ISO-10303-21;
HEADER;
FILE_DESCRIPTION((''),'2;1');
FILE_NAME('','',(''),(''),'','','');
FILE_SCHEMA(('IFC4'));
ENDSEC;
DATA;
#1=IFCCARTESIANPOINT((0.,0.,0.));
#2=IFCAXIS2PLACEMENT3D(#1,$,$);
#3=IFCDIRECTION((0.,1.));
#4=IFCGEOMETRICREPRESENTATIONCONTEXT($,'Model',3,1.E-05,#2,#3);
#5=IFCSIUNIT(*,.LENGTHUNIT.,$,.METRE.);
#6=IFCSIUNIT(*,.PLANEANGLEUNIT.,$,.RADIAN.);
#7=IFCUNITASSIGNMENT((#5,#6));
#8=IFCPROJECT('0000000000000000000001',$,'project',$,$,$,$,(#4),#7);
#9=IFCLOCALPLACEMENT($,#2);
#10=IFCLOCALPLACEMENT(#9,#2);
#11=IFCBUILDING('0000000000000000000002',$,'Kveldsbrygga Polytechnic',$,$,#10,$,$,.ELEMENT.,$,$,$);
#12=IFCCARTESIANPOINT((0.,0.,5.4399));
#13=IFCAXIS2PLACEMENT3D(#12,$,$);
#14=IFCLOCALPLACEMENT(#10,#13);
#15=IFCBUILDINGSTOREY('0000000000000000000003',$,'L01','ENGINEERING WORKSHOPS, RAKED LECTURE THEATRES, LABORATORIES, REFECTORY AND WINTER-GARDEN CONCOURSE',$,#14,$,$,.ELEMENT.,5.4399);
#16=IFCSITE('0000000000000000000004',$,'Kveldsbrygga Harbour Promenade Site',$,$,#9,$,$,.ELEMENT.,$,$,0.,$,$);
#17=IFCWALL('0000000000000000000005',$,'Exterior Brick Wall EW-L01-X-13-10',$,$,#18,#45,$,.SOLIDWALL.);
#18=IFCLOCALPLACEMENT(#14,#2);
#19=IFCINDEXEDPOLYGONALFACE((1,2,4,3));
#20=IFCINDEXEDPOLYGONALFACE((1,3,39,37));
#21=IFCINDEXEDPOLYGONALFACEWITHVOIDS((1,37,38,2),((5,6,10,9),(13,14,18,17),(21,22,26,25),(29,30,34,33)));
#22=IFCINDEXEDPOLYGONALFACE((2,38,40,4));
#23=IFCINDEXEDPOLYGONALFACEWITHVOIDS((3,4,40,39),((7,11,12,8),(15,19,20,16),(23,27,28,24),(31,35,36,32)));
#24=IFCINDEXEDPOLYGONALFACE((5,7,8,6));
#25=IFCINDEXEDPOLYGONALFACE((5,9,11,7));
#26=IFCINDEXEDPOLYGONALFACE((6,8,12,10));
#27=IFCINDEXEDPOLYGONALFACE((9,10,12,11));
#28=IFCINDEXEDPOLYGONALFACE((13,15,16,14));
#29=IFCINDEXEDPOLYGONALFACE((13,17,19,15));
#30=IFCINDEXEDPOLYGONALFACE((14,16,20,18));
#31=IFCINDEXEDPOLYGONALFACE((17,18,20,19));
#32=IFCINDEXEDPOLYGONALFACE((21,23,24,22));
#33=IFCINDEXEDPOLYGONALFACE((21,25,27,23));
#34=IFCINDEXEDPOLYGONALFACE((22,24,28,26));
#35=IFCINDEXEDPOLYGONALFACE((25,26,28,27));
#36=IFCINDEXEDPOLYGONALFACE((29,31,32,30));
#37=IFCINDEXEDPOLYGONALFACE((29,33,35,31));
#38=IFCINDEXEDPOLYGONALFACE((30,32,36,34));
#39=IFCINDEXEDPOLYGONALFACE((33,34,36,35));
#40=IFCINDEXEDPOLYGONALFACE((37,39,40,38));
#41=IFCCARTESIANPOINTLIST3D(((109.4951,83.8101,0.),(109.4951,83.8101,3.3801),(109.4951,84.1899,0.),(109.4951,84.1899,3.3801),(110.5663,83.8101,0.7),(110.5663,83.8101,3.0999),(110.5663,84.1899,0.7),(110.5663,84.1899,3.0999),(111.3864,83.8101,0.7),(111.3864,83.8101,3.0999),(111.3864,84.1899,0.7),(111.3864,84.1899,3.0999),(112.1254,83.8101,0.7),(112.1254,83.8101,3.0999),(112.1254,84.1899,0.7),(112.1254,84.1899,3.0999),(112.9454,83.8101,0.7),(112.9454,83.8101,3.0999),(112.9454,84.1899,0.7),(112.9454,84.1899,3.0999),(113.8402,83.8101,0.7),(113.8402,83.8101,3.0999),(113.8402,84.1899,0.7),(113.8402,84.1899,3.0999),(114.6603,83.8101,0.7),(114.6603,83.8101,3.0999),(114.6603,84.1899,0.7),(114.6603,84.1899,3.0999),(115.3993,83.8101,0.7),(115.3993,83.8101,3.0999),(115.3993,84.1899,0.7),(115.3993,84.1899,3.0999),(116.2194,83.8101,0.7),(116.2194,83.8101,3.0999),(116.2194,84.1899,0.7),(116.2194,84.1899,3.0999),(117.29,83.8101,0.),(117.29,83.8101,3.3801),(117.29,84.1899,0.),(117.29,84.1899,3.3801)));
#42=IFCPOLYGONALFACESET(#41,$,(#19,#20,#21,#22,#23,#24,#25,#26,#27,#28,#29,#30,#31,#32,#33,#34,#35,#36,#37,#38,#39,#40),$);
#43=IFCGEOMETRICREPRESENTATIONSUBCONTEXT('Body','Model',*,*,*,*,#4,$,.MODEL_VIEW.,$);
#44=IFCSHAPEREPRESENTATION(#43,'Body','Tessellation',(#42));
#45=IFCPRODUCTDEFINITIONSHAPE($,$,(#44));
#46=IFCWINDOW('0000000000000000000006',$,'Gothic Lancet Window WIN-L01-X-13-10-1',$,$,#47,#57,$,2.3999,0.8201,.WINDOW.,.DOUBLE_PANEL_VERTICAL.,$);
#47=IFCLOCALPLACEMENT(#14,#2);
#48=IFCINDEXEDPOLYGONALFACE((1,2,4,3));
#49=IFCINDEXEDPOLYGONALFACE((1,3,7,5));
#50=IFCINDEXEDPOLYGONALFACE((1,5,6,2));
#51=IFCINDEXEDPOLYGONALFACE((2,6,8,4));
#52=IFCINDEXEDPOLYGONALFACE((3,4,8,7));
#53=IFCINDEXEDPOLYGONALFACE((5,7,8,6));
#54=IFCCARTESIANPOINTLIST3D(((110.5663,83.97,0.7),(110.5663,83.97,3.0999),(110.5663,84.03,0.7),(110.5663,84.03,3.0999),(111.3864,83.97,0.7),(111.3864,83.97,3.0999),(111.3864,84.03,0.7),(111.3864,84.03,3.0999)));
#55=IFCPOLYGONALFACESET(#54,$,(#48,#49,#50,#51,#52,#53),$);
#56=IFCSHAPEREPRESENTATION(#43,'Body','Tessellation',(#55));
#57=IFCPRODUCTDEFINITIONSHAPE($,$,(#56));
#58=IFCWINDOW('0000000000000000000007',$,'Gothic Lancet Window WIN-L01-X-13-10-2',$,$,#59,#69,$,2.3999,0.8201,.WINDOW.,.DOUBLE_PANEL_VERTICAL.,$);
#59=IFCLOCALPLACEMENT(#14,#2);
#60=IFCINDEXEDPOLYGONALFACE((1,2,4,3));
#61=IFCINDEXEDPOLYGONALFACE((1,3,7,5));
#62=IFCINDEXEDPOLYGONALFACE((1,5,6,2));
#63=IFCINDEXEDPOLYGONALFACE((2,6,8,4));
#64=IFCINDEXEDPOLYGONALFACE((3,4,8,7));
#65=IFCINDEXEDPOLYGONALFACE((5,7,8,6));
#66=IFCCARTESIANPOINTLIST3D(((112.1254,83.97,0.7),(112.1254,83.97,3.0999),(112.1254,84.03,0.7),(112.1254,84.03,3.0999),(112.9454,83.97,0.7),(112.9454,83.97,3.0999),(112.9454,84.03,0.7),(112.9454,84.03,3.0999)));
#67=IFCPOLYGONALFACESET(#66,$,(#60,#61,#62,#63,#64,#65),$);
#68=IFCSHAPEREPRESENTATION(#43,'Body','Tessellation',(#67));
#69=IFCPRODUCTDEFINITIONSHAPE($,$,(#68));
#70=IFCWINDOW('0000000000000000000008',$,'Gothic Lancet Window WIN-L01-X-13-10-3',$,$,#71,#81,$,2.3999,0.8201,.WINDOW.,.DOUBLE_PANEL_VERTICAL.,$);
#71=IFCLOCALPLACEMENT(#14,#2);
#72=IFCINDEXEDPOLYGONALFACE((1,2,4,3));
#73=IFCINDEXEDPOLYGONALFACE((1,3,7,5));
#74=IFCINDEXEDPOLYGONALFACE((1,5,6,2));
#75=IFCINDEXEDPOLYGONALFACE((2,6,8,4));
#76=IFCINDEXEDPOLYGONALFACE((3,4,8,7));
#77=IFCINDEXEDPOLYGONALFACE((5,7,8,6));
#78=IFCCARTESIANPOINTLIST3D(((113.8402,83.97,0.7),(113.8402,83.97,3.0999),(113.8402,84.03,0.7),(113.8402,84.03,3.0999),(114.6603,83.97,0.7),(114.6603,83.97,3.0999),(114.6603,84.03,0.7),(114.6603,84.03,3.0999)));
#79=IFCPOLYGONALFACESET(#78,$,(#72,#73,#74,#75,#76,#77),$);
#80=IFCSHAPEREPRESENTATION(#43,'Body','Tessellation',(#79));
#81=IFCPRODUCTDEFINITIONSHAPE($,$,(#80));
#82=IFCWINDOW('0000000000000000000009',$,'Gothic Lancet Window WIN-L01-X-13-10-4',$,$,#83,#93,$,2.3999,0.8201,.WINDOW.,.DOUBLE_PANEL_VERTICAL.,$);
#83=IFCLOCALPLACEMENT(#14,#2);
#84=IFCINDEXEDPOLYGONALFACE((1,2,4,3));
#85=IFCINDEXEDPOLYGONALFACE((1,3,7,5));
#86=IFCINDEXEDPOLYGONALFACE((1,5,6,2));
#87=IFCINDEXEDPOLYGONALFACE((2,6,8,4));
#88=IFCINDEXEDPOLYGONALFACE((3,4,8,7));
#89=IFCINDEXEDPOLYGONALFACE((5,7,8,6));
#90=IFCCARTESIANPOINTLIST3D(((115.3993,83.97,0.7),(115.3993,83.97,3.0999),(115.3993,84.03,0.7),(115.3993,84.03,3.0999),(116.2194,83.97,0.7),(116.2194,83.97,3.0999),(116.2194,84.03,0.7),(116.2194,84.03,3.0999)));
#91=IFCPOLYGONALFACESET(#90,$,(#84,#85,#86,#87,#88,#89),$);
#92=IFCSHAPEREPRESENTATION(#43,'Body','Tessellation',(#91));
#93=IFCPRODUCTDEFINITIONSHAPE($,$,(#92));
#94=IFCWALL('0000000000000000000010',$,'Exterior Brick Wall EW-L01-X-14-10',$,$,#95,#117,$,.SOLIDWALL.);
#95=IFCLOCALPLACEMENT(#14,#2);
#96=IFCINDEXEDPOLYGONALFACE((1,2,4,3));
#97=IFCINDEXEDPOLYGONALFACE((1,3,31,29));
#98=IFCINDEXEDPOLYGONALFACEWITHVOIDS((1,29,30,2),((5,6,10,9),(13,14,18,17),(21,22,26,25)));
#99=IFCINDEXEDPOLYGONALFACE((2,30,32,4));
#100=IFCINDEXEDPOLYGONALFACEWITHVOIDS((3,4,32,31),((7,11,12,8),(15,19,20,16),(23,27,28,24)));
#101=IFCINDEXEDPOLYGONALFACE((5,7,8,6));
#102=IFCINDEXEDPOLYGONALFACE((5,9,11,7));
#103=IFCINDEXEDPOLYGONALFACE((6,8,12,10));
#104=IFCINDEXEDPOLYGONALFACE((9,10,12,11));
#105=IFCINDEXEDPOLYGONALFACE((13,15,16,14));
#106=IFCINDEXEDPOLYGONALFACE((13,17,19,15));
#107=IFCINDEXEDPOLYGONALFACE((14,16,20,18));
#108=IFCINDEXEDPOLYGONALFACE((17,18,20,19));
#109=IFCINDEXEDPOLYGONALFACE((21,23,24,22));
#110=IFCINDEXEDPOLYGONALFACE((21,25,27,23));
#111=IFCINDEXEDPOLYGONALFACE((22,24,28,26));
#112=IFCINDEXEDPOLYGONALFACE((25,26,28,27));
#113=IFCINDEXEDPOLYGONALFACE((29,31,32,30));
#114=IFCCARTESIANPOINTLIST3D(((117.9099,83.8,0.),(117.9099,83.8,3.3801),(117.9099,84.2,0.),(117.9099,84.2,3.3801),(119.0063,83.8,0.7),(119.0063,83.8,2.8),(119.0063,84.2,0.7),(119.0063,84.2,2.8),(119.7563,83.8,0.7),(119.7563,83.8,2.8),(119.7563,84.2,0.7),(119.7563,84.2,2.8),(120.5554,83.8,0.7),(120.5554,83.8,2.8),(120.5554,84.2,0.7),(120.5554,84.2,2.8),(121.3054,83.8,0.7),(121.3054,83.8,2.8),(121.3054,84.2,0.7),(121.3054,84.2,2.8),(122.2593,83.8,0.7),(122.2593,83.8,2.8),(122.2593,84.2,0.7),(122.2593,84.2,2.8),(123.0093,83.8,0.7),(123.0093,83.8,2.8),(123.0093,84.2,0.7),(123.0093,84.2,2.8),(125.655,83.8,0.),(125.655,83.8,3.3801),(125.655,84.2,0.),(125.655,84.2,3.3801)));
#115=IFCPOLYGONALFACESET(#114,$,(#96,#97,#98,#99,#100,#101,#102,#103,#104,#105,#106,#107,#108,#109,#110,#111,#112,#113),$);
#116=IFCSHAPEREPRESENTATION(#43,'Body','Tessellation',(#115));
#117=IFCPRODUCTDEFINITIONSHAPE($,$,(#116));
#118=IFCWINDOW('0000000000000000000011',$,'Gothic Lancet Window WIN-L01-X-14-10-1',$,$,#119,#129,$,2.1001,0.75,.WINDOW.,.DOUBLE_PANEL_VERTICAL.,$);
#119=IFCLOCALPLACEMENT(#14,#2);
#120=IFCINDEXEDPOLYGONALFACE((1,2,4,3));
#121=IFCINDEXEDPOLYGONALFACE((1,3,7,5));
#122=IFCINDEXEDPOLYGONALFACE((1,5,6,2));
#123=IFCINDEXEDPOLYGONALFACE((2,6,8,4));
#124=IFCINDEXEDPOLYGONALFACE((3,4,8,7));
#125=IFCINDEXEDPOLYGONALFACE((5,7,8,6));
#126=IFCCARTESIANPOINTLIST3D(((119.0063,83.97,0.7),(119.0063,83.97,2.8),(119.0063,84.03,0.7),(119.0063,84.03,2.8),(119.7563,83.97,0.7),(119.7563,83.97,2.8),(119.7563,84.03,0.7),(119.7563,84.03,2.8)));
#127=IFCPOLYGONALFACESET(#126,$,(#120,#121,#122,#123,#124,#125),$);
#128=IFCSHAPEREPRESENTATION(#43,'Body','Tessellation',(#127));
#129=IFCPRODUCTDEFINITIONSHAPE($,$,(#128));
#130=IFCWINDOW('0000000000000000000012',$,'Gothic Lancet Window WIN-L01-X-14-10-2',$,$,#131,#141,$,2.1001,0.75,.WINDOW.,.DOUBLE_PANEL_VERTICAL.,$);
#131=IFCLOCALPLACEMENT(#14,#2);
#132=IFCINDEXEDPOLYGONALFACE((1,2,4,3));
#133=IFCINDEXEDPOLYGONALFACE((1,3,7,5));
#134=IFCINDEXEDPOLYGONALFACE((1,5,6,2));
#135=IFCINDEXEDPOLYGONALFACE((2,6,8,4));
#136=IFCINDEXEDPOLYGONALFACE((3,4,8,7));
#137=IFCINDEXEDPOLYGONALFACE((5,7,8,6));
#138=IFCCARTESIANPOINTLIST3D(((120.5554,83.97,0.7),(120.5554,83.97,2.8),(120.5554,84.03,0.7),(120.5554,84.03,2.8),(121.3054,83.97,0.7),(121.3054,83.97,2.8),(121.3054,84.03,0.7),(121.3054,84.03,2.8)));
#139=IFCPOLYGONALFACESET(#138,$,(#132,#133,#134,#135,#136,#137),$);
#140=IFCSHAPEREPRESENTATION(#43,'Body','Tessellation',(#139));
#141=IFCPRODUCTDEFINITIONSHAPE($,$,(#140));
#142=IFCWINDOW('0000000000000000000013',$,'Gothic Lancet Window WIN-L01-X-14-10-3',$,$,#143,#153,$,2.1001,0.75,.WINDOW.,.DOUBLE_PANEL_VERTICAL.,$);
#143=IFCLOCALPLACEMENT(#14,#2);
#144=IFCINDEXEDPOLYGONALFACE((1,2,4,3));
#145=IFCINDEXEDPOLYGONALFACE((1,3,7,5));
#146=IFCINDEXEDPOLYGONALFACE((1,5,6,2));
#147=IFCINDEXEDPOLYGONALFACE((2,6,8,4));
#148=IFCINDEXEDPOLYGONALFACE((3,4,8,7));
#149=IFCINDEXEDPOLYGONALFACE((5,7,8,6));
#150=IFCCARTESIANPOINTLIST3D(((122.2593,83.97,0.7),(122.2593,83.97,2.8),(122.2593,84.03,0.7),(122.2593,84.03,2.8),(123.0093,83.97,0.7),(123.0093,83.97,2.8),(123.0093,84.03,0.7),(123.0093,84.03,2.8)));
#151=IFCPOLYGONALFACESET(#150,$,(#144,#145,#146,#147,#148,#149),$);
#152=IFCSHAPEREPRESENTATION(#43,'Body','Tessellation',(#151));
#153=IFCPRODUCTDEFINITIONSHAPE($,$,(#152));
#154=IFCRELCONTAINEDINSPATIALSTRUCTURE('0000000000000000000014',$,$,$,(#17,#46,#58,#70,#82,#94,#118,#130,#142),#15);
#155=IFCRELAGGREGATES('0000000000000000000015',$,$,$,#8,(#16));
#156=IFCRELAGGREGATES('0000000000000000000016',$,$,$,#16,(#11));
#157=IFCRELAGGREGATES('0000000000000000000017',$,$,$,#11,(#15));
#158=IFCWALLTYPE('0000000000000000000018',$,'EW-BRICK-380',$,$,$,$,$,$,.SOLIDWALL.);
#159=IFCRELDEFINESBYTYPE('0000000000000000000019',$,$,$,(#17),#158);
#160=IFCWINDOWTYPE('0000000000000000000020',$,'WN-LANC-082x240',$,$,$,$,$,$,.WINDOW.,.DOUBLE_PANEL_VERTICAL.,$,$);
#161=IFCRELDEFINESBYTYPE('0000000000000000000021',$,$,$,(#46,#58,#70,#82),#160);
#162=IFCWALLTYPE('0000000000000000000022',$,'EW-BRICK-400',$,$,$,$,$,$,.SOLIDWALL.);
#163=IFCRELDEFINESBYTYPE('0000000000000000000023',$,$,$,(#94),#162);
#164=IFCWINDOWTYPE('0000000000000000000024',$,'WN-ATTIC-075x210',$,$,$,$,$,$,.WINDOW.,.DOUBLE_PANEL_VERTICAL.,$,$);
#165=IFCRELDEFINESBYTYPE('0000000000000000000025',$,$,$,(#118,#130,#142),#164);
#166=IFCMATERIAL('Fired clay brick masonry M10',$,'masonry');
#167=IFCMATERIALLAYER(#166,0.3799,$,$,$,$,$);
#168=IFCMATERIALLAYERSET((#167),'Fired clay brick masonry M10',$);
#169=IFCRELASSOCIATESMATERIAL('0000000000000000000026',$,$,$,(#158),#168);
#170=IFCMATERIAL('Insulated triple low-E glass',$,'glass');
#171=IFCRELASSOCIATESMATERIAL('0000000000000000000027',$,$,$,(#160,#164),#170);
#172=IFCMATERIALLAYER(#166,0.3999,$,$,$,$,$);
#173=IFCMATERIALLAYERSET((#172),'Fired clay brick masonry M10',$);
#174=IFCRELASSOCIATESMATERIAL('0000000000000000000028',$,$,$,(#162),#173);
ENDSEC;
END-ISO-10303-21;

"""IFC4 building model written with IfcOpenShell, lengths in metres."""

from ifc_helpers import new_model, si_unit, direction, frame, frame_2d, origin, place, context, subcontext, project, spatial, rectangle, extrude, material, layer, layer_set, type_object, element, fill, save


model = new_model("IFC4")

# Units and contexts
model_context = context("Model", 3, precision=1e-05, world=origin(), true_north=direction((0.0, 1.0)))
body_context = subcontext(model_context, "Body", "Model", "MODEL_VIEW")
ifc_project = project(units=[si_unit("LENGTHUNIT", "METRE"), si_unit("PLANEANGLEUNIT", "RADIAN")], contexts=[model_context])

# Site, building, storey
site_placement = place(None, origin())
site = spatial("IfcSite", under=ifc_project, at=site_placement, Name="Kveldsbrygga Harbour Promenade Site", CompositionType="ELEMENT", RefElevation=0.0)
building_placement = place(site_placement, origin())
building = spatial("IfcBuilding", under=site, at=building_placement, Name="Kveldsbrygga Polytechnic", CompositionType="ELEMENT")
storey_placement = place(building_placement, frame((0.0, 0.0, 5.4399)))
storey = spatial("IfcBuildingStorey", under=building, at=storey_placement, Name="L01", Description="ENGINEERING WORKSHOPS, RAKED LECTURE THEATRES, LABORATORIES, REFECTORY AND WINTER-GARDEN CONCOURSE", CompositionType="ELEMENT", Elevation=5.4399)

# Shared definitions
ifc_material_1 = material(Name="Fired clay brick masonry M10", Category="masonry")

# Walls, openings, windows
ifc_layer_1 = layer(ifc_material_1, 0.3799)
ifc_layer_set_1 = layer_set([ifc_layer_1], Name="Fired clay brick masonry M10")
wall_type_1 = type_object("IfcWallType", Name="EW-BRICK-380", PredefinedType="SOLIDWALL", material=ifc_layer_set_1)
wall_1_placement = place(storey_placement, frame((109.4951, 84.0, 0.0), z_axis=(0.0, 0.0, 1.0), x_axis=(1.0, 0.0, 0.0)))
wall_1 = element("IfcWall", 1, at=wall_1_placement, inside=storey, type_object=wall_type_1, Name="Exterior Brick Wall EW-L01-X-13-10", PredefinedType="SOLIDWALL", context=body_context, shape_type="SweptSolid", body=[
    extrude(rectangle(XDim=7.7949, YDim=0.3799, at=frame_2d((3.8975, 0.0))), origin(), (0.0, 0.0, 1.0), 3.3801),
])
opening_1_placement = place(wall_1_placement, frame((1.071, 0.0, 0.7)))
opening_1 = element("IfcOpeningElement", 2, at=opening_1_placement, cuts=wall_1, PredefinedType="OPENING", context=body_context, shape_type="SweptSolid", body=[
    extrude(rectangle(XDim=0.8201, YDim=2.3999, at=frame_2d((0.4102, 1.2))), frame((0.0, 0.2, 0.0), z_axis=(0.0, -1.0, 0.0), x_axis=(1.0, 0.0, 0.0)), (0.0, 0.0, 1.0), 0.3999),
])
opening_2_placement = place(wall_1_placement, frame((2.6301, 0.0, 0.7)))
opening_2 = element("IfcOpeningElement", 3, at=opening_2_placement, cuts=wall_1, PredefinedType="OPENING", context=body_context, shape_type="SweptSolid", body=[
    extrude(rectangle(XDim=0.8201, YDim=2.3999, at=frame_2d((0.4102, 1.2))), frame((0.0, 0.2, 0.0), z_axis=(0.0, -1.0, 0.0), x_axis=(1.0, 0.0, 0.0)), (0.0, 0.0, 1.0), 0.3999),
])
opening_3_placement = place(wall_1_placement, frame((4.345, 0.0, 0.7)))
opening_3 = element("IfcOpeningElement", 4, at=opening_3_placement, cuts=wall_1, PredefinedType="OPENING", context=body_context, shape_type="SweptSolid", body=[
    extrude(rectangle(XDim=0.8201, YDim=2.3999, at=frame_2d((0.4102, 1.2))), frame((0.0, 0.2, 0.0), z_axis=(0.0, -1.0, 0.0), x_axis=(1.0, 0.0, 0.0)), (0.0, 0.0, 1.0), 0.3999),
])
opening_4_placement = place(wall_1_placement, frame((5.9041, 0.0, 0.7)))
opening_4 = element("IfcOpeningElement", 5, at=opening_4_placement, cuts=wall_1, PredefinedType="OPENING", context=body_context, shape_type="SweptSolid", body=[
    extrude(rectangle(XDim=0.8201, YDim=2.3999, at=frame_2d((0.4102, 1.2))), frame((0.0, 0.2, 0.0), z_axis=(0.0, -1.0, 0.0), x_axis=(1.0, 0.0, 0.0)), (0.0, 0.0, 1.0), 0.3999),
])
ifc_material_2 = material(Name="Insulated triple low-E glass", Category="glass")
window_type_1 = type_object("IfcWindowType", Name="WN-LANC-082x240", PartitioningType="DOUBLE_PANEL_VERTICAL", PredefinedType="WINDOW", material=ifc_material_2)
window_1_placement = place(opening_1_placement, origin())
window_1 = element("IfcWindow", 6, at=window_1_placement, inside=storey, type_object=window_type_1, Name="Gothic Lancet Window WIN-L01-X-13-10-1", OverallHeight=2.3999, OverallWidth=0.8201, PartitioningType="DOUBLE_PANEL_VERTICAL", PredefinedType="WINDOW", context=body_context, shape_type="SweptSolid", body=[
    extrude(rectangle(XDim=0.8201, YDim=2.3999, at=frame_2d((0.4102, 1.2))), frame((0.0, 0.03, 0.0), z_axis=(0.0, -1.0, 0.0), x_axis=(1.0, 0.0, 0.0)), (0.0, 0.0, 1.0), 0.0601),
])
fill(opening_1, window_1)
window_2_placement = place(opening_2_placement, origin())
window_2 = element("IfcWindow", 7, at=window_2_placement, inside=storey, type_object=window_type_1, Name="Gothic Lancet Window WIN-L01-X-13-10-2", OverallHeight=2.3999, OverallWidth=0.8201, PartitioningType="DOUBLE_PANEL_VERTICAL", PredefinedType="WINDOW", context=body_context, shape_type="SweptSolid", body=[
    extrude(rectangle(XDim=0.8201, YDim=2.3999, at=frame_2d((0.4102, 1.2))), frame((0.0, 0.03, 0.0), z_axis=(0.0, -1.0, 0.0), x_axis=(1.0, 0.0, 0.0)), (0.0, 0.0, 1.0), 0.0601),
])
fill(opening_2, window_2)
window_3_placement = place(opening_3_placement, origin())
window_3 = element("IfcWindow", 8, at=window_3_placement, inside=storey, type_object=window_type_1, Name="Gothic Lancet Window WIN-L01-X-13-10-3", OverallHeight=2.3999, OverallWidth=0.8201, PartitioningType="DOUBLE_PANEL_VERTICAL", PredefinedType="WINDOW", context=body_context, shape_type="SweptSolid", body=[
    extrude(rectangle(XDim=0.8201, YDim=2.3999, at=frame_2d((0.4102, 1.2))), frame((0.0, 0.03, 0.0), z_axis=(0.0, -1.0, 0.0), x_axis=(1.0, 0.0, 0.0)), (0.0, 0.0, 1.0), 0.0601),
])
fill(opening_3, window_3)
window_4_placement = place(opening_4_placement, origin())
window_4 = element("IfcWindow", 9, at=window_4_placement, inside=storey, type_object=window_type_1, Name="Gothic Lancet Window WIN-L01-X-13-10-4", OverallHeight=2.3999, OverallWidth=0.8201, PartitioningType="DOUBLE_PANEL_VERTICAL", PredefinedType="WINDOW", context=body_context, shape_type="SweptSolid", body=[
    extrude(rectangle(XDim=0.8201, YDim=2.3999, at=frame_2d((0.4102, 1.2))), frame((0.0, 0.03, 0.0), z_axis=(0.0, -1.0, 0.0), x_axis=(1.0, 0.0, 0.0)), (0.0, 0.0, 1.0), 0.0601),
])
fill(opening_4, window_4)
ifc_layer_2 = layer(ifc_material_1, 0.3999)
ifc_layer_set_2 = layer_set([ifc_layer_2], Name="Fired clay brick masonry M10")
wall_type_2 = type_object("IfcWallType", Name="EW-BRICK-400", PredefinedType="SOLIDWALL", material=ifc_layer_set_2)
wall_2_placement = place(storey_placement, frame((117.9099, 84.0, 0.0), z_axis=(0.0, 0.0, 1.0), x_axis=(1.0, 0.0, 0.0)))
wall_2 = element("IfcWall", 10, at=wall_2_placement, inside=storey, type_object=wall_type_2, Name="Exterior Brick Wall EW-L01-X-14-10", PredefinedType="SOLIDWALL", context=body_context, shape_type="SweptSolid", body=[
    extrude(rectangle(XDim=7.7451, YDim=0.3999, at=frame_2d((3.8726, 0.0))), origin(), (0.0, 0.0, 1.0), 3.3801),
])
opening_5_placement = place(wall_2_placement, frame((1.0964, 0.0, 0.7)))
opening_5 = element("IfcOpeningElement", 11, at=opening_5_placement, cuts=wall_2, PredefinedType="OPENING", context=body_context, shape_type="SweptSolid", body=[
    extrude(rectangle(XDim=0.75, YDim=2.1001, at=frame_2d((0.375, 1.05))), frame((0.0, 0.21, 0.0), z_axis=(0.0, -1.0, 0.0), x_axis=(1.0, 0.0, 0.0)), (0.0, 0.0, 1.0), 0.4199),
])
opening_6_placement = place(wall_2_placement, frame((2.6455, 0.0, 0.7)))
opening_6 = element("IfcOpeningElement", 12, at=opening_6_placement, cuts=wall_2, PredefinedType="OPENING", context=body_context, shape_type="SweptSolid", body=[
    extrude(rectangle(XDim=0.75, YDim=2.1001, at=frame_2d((0.375, 1.05))), frame((0.0, 0.21, 0.0), z_axis=(0.0, -1.0, 0.0), x_axis=(1.0, 0.0, 0.0)), (0.0, 0.0, 1.0), 0.4199),
])
opening_7_placement = place(wall_2_placement, frame((4.3494, 0.0, 0.7)))
opening_7 = element("IfcOpeningElement", 13, at=opening_7_placement, cuts=wall_2, PredefinedType="OPENING", context=body_context, shape_type="SweptSolid", body=[
    extrude(rectangle(XDim=0.75, YDim=2.1001, at=frame_2d((0.375, 1.05))), frame((0.0, 0.21, 0.0), z_axis=(0.0, -1.0, 0.0), x_axis=(1.0, 0.0, 0.0)), (0.0, 0.0, 1.0), 0.4199),
])
window_type_2 = type_object("IfcWindowType", Name="WN-ATTIC-075x210", PartitioningType="DOUBLE_PANEL_VERTICAL", PredefinedType="WINDOW", material=ifc_material_2)
window_5_placement = place(opening_5_placement, origin())
window_5 = element("IfcWindow", 14, at=window_5_placement, inside=storey, type_object=window_type_2, Name="Gothic Lancet Window WIN-L01-X-14-10-1", OverallHeight=2.1001, OverallWidth=0.75, PartitioningType="DOUBLE_PANEL_VERTICAL", PredefinedType="WINDOW", context=body_context, shape_type="SweptSolid", body=[
    extrude(rectangle(XDim=0.75, YDim=2.1001, at=frame_2d((0.375, 1.05))), frame((0.0, 0.03, 0.0), z_axis=(0.0, -1.0, 0.0), x_axis=(1.0, 0.0, 0.0)), (0.0, 0.0, 1.0), 0.0601),
])
fill(opening_5, window_5)
window_6_placement = place(opening_6_placement, origin())
window_6 = element("IfcWindow", 15, at=window_6_placement, inside=storey, type_object=window_type_2, Name="Gothic Lancet Window WIN-L01-X-14-10-2", OverallHeight=2.1001, OverallWidth=0.75, PartitioningType="DOUBLE_PANEL_VERTICAL", PredefinedType="WINDOW", context=body_context, shape_type="SweptSolid", body=[
    extrude(rectangle(XDim=0.75, YDim=2.1001, at=frame_2d((0.375, 1.05))), frame((0.0, 0.03, 0.0), z_axis=(0.0, -1.0, 0.0), x_axis=(1.0, 0.0, 0.0)), (0.0, 0.0, 1.0), 0.0601),
])
fill(opening_6, window_6)
window_7_placement = place(opening_7_placement, origin())
window_7 = element("IfcWindow", 16, at=window_7_placement, inside=storey, type_object=window_type_2, Name="Gothic Lancet Window WIN-L01-X-14-10-3", OverallHeight=2.1001, OverallWidth=0.75, PartitioningType="DOUBLE_PANEL_VERTICAL", PredefinedType="WINDOW", context=body_context, shape_type="SweptSolid", body=[
    extrude(rectangle(XDim=0.75, YDim=2.1001, at=frame_2d((0.375, 1.05))), frame((0.0, 0.03, 0.0), z_axis=(0.0, -1.0, 0.0), x_axis=(1.0, 0.0, 0.0)), (0.0, 0.0, 1.0), 0.0601),
])
fill(opening_7, window_7)

save(model, "model.ifc")
